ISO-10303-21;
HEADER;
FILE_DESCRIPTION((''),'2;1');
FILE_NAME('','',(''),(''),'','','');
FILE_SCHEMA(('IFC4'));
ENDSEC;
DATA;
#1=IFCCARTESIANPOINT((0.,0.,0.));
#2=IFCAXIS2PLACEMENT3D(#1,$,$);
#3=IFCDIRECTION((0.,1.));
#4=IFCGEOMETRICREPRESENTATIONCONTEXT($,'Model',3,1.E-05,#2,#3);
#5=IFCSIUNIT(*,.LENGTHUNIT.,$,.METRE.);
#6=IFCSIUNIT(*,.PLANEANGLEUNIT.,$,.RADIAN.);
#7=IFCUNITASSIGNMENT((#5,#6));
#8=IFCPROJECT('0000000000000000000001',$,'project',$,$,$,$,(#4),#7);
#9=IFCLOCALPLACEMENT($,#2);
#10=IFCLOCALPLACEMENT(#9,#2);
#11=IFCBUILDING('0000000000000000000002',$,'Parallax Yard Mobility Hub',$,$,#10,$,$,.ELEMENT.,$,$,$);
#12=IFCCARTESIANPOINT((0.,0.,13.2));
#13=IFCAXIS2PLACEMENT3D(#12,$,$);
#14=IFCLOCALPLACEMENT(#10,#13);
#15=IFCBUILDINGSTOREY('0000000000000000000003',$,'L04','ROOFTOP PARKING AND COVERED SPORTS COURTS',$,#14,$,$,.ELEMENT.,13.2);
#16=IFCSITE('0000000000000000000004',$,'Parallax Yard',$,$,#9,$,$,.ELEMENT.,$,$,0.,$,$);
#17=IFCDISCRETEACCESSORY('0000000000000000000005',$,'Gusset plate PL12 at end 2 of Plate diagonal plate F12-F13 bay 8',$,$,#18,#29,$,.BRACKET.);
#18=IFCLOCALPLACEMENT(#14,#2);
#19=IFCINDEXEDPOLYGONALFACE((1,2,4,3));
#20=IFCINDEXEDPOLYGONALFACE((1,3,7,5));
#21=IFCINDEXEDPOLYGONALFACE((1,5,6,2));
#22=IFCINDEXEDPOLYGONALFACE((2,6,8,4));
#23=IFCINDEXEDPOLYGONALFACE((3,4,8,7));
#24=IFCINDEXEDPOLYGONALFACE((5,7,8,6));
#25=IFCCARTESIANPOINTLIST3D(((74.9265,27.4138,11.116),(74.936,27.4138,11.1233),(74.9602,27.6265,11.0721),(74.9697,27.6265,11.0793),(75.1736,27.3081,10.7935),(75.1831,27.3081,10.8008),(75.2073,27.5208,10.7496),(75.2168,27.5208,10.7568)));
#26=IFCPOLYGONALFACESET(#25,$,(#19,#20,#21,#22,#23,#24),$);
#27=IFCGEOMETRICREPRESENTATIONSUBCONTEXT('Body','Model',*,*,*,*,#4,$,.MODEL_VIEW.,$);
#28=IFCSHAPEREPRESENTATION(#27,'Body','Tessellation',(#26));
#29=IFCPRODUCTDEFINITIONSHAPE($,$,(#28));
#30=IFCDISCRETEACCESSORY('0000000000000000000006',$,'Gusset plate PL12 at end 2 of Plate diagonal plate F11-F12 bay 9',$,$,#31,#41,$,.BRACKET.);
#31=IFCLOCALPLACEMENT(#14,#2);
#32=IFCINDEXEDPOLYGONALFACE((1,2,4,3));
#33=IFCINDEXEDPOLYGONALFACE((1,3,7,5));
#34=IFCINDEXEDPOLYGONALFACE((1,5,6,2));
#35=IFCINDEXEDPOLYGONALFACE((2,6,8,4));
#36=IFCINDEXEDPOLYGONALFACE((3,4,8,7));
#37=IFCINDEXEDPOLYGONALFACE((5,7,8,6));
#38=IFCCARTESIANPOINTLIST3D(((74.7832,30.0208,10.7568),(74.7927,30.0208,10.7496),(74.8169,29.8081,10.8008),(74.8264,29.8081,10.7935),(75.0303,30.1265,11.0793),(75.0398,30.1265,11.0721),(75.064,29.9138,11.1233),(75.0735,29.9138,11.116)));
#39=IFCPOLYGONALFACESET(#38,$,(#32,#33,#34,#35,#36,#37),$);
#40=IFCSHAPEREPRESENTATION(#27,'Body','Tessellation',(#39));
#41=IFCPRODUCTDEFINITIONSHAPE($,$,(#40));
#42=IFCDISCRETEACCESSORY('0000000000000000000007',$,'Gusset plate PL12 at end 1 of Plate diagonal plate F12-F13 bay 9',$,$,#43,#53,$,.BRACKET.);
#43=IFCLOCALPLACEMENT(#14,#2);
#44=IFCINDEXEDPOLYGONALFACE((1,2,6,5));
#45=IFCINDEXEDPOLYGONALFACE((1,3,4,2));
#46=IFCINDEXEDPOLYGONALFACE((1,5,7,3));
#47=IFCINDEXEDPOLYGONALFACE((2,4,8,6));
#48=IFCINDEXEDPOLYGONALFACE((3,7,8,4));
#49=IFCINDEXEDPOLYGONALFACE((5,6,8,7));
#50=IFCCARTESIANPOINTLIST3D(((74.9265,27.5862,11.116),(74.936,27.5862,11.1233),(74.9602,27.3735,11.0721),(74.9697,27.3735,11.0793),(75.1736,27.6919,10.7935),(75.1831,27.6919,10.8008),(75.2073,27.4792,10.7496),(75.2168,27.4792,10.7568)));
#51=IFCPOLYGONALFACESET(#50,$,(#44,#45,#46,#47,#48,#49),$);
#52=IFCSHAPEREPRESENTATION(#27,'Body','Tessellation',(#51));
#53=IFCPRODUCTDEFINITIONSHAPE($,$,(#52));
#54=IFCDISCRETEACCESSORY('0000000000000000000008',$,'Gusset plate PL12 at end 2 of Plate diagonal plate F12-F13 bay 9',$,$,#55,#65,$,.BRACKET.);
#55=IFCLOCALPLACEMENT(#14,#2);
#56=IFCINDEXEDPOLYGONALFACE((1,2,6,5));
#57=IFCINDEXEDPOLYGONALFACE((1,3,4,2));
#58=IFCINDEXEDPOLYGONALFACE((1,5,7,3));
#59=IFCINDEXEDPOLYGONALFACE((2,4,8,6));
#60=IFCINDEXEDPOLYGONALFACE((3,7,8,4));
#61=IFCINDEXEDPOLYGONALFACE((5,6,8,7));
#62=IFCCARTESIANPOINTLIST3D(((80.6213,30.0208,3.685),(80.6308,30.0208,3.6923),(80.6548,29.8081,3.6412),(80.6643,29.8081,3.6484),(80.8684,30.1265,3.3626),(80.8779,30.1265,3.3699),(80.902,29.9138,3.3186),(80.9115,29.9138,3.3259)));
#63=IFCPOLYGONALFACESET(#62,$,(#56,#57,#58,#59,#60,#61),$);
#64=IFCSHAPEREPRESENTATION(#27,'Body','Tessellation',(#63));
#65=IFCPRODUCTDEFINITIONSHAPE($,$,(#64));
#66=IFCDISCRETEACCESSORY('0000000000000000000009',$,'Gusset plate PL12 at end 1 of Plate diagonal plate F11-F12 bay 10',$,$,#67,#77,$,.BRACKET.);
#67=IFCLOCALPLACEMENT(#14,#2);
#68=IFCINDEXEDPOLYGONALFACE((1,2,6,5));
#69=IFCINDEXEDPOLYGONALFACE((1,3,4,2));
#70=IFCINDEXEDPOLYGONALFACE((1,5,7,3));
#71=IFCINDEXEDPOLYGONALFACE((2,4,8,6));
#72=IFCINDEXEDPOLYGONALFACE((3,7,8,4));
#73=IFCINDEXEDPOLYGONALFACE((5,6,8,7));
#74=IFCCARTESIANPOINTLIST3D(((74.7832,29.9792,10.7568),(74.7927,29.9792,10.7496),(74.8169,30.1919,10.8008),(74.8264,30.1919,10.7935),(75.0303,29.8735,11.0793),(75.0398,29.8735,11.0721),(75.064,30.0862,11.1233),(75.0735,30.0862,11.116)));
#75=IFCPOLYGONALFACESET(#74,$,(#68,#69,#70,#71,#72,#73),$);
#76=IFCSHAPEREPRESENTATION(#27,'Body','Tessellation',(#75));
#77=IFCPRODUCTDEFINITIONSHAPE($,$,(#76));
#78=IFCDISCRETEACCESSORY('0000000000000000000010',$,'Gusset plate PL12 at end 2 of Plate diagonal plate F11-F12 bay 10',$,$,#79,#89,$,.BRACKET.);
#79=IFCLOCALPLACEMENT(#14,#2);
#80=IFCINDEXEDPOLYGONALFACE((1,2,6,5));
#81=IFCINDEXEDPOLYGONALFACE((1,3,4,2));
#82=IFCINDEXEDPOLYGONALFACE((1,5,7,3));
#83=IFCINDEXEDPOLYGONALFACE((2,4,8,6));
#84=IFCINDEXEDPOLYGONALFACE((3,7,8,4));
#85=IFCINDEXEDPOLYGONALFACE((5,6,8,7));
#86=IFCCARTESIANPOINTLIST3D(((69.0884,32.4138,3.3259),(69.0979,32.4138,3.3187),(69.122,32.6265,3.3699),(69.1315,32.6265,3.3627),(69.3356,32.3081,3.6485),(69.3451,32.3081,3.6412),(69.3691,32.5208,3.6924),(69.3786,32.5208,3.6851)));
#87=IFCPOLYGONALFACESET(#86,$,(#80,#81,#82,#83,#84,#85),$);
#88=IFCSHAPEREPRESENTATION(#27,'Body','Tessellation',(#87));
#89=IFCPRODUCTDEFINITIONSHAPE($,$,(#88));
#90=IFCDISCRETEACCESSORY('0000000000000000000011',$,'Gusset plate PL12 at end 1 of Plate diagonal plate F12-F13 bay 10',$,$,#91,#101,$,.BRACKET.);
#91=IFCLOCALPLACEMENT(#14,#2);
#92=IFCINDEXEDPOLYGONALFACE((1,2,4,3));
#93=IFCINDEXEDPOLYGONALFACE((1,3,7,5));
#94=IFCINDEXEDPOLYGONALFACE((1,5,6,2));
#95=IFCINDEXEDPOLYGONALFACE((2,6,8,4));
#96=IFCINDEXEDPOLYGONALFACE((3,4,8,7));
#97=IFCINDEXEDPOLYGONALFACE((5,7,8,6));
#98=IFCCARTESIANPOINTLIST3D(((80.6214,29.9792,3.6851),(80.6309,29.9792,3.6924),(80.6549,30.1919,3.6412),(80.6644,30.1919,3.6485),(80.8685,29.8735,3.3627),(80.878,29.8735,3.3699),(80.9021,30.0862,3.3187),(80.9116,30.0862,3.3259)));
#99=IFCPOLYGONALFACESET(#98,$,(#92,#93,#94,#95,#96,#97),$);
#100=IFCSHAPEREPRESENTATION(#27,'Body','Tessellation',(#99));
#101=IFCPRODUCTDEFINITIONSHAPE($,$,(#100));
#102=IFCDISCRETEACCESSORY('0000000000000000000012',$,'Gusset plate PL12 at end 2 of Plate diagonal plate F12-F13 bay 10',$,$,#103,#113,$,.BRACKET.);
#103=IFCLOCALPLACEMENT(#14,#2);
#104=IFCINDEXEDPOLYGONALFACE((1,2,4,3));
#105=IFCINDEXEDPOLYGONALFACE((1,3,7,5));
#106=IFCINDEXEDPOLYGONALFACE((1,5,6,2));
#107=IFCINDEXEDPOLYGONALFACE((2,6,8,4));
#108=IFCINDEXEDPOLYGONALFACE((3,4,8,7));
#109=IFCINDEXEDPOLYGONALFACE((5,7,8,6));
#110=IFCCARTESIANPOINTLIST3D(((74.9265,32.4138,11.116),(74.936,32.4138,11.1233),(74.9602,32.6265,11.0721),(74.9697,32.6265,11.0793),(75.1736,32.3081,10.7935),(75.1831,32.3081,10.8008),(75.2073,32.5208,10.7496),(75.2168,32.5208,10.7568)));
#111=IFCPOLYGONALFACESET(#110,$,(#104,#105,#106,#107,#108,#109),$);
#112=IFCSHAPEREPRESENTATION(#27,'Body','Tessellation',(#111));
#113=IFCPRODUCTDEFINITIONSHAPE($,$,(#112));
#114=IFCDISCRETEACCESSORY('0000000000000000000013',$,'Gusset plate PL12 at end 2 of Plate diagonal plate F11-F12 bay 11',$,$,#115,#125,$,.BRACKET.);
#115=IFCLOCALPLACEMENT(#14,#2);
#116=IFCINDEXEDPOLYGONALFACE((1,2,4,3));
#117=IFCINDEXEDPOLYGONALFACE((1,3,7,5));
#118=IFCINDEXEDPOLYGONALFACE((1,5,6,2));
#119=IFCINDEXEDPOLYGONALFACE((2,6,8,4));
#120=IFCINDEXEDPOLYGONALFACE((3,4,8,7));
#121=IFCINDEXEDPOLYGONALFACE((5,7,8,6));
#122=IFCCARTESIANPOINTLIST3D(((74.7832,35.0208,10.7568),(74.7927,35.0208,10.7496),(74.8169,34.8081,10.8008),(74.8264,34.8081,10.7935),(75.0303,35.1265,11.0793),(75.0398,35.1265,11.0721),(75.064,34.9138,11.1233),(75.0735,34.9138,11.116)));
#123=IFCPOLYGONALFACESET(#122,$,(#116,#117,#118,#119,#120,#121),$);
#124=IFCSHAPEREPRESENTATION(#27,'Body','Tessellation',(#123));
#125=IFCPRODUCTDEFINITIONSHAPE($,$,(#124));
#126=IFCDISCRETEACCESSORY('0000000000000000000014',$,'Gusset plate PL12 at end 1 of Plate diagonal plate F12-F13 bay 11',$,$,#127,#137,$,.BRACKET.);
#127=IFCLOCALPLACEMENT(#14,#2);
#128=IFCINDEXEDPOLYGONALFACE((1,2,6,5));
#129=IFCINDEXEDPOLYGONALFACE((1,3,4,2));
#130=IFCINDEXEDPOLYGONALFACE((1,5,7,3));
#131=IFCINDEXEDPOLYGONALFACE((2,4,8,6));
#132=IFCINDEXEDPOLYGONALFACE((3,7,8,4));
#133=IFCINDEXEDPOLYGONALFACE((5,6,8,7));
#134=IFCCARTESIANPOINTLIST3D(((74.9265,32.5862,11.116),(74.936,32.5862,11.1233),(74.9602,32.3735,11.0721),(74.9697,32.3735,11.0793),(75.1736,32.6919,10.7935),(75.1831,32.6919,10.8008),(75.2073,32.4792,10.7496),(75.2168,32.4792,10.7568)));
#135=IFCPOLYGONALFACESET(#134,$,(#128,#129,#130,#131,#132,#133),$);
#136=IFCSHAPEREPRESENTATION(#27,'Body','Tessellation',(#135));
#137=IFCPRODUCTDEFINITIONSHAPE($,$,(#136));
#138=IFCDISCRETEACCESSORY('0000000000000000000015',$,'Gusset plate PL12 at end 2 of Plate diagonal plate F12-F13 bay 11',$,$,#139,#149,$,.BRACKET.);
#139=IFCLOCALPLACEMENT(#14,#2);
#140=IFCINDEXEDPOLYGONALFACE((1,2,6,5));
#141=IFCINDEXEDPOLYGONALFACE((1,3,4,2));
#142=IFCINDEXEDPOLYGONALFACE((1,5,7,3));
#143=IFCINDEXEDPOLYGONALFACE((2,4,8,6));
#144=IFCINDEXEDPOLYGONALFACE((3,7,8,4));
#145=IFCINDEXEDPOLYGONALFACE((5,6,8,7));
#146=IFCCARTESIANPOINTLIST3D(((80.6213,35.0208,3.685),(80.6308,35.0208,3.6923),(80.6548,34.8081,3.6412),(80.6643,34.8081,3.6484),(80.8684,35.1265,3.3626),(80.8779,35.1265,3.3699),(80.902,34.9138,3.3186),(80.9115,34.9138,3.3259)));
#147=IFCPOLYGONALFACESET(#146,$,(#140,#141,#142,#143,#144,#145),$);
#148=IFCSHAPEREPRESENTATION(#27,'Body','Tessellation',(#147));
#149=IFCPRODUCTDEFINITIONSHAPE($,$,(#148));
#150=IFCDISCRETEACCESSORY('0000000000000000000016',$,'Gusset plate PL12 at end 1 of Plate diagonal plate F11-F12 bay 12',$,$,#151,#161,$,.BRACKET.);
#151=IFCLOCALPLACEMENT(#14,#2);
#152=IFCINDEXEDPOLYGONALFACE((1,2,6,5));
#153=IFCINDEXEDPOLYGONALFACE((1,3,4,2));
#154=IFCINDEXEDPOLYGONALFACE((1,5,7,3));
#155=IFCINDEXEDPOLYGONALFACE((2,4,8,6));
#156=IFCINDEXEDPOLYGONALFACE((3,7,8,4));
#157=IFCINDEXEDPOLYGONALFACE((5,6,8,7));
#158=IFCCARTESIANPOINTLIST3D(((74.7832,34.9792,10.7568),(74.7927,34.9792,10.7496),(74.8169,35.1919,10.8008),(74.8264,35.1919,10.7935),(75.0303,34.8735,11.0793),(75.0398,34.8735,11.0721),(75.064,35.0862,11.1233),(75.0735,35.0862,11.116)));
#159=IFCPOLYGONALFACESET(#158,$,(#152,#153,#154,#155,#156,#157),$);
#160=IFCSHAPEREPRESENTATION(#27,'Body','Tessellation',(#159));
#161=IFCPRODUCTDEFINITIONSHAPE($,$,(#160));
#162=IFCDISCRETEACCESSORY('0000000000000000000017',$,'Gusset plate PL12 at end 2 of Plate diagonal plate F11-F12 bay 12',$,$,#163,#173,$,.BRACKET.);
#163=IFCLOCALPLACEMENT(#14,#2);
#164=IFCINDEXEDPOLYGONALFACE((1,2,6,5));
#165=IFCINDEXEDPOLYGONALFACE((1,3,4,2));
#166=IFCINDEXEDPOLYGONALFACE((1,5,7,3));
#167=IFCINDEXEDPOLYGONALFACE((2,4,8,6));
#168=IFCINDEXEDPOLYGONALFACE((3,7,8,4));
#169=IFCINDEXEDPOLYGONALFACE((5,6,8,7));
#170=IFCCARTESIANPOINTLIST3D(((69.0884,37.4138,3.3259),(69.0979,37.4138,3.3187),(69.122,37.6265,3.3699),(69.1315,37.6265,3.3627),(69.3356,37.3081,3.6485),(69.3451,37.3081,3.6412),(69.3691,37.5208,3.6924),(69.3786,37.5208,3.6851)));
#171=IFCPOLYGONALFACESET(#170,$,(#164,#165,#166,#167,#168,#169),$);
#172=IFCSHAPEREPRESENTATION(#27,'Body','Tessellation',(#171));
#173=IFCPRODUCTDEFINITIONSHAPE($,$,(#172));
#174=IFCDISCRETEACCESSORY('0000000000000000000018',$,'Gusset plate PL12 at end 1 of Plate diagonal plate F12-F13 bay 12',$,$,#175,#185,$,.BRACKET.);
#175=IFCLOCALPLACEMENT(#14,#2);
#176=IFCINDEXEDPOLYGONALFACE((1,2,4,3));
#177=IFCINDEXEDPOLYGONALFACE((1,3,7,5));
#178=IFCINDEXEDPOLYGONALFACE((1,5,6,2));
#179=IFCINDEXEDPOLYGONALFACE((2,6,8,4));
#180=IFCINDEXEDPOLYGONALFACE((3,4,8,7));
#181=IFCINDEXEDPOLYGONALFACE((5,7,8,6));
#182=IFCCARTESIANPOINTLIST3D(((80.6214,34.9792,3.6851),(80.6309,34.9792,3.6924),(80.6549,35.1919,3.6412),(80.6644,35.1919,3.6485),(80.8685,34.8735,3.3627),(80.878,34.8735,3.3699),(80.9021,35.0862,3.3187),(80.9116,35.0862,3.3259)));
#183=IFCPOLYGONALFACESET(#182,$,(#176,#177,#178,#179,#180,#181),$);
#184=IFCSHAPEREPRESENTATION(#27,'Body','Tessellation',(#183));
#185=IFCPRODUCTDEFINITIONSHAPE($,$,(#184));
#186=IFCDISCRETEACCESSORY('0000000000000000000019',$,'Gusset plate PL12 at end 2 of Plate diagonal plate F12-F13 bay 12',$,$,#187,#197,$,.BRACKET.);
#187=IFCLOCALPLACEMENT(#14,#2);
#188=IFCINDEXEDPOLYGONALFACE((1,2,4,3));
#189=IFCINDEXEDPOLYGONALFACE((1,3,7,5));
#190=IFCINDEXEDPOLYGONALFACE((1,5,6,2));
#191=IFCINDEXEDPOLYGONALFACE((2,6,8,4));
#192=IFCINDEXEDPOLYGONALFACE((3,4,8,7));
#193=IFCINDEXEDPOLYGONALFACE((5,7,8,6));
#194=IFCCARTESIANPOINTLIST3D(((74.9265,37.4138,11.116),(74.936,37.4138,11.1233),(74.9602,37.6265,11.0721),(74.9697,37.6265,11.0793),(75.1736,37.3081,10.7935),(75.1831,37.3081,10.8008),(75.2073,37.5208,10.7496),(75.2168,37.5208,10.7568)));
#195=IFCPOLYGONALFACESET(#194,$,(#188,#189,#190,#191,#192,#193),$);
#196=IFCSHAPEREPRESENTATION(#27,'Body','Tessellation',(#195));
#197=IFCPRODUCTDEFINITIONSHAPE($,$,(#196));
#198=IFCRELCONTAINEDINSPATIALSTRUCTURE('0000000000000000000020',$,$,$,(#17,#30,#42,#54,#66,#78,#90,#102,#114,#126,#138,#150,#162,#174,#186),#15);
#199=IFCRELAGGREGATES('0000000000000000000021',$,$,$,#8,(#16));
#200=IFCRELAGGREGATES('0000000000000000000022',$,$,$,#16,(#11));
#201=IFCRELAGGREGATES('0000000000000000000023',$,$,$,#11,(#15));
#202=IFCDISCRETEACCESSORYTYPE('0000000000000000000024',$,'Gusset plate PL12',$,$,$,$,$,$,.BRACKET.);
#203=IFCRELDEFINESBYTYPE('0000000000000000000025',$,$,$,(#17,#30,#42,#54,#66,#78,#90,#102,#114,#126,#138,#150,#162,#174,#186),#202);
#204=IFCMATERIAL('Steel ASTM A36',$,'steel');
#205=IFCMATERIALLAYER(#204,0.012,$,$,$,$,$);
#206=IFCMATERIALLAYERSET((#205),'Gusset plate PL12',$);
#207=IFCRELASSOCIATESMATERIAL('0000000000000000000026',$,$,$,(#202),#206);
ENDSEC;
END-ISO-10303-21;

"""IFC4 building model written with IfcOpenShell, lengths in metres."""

from ifc_helpers import new_model, si_unit, direction, frame, origin, place, context, subcontext, project, spatial, polyline, outline, extrude, material, layer, layer_set, type_object, element, save


model = new_model("IFC4")

# Units and contexts
model_context = context("Model", 3, precision=1e-05, world=origin(), true_north=direction((0.0, 1.0)))
body_context = subcontext(model_context, "Body", "Model", "MODEL_VIEW")
ifc_project = project(units=[si_unit("LENGTHUNIT", "METRE"), si_unit("PLANEANGLEUNIT", "RADIAN")], contexts=[model_context])

# Site, building, storey
site_placement = place(None, origin())
site = spatial("IfcSite", under=ifc_project, at=site_placement, Name="Parallax Yard", CompositionType="ELEMENT", RefElevation=0.0)
building_placement = place(site_placement, origin())
building = spatial("IfcBuilding", under=site, at=building_placement, Name="Parallax Yard Mobility Hub", CompositionType="ELEMENT")
storey_placement = place(building_placement, frame((0.0, 0.0, 13.2)))
storey = spatial("IfcBuildingStorey", under=building, at=storey_placement, Name="L04", Description="ROOFTOP PARKING AND COVERED SPORTS COURTS", CompositionType="ELEMENT", Elevation=13.2)

# Discrete accessories
ifc_material_1 = material(Name="Steel ASTM A36", Category="steel")
ifc_layer = layer(ifc_material_1, 0.012)
ifc_layer_set = layer_set([ifc_layer], Name="Gusset plate PL12")
discrete_accessory_type = type_object("IfcDiscreteAccessoryType", Name="Gusset plate PL12", PredefinedType="BRACKET", material=ifc_layer_set)
discrete_accessory_1_placement = place(storey_placement, frame((75.2168, 27.5208, 10.7568), z_axis=(0.793815, -0.000089, 0.60816), x_axis=(-0.588544, 0.251818, 0.768247)))
element("IfcDiscreteAccessory", 1, at=discrete_accessory_1_placement, inside=storey, type_object=discrete_accessory_type, Name="Gusset plate PL12 at end 2 of Plate diagonal plate F12-F13 bay 8", PredefinedType="BRACKET", context=body_context, shape_type="SweptSolid", body=[
    extrude(outline(polyline([(0.0, 0.0), (0.4198, 0.0), (0.4198, 0.2197), (0.0, 0.2197), (0.0, 0.0)])), origin(), (0.0, 0.0, -1.0), 0.012),
])
for number, where, z_axis, x_axis, name in (
    (2, (74.8169, 29.8081, 10.8008), (-0.793815, -0.000089, 0.60816), (0.588544, 0.251818, 0.768247), "Gusset plate PL12 at end 2 of Plate diagonal plate F11-F12 bay 9"),
    (3, (75.1831, 27.6919, 10.8008), (0.793815, 0.000089, 0.60816), (-0.588544, -0.251818, 0.768247), "Gusset plate PL12 at end 1 of Plate diagonal plate F12-F13 bay 9"),
):
    element("IfcDiscreteAccessory", number, at=place(storey_placement, frame(where, z_axis=z_axis, x_axis=x_axis)), inside=storey, type_object=discrete_accessory_type, Name=name, PredefinedType="BRACKET", context=body_context, shape_type="SweptSolid", body=[
        extrude(outline(polyline([(0.0, 0.0), (0.4198, 0.0), (0.4198, 0.2197), (0.0, 0.2197), (0.0, 0.0)])), origin(), (0.0, 0.0, -1.0), 0.012),
    ])
discrete_accessory_2_placement = place(storey_placement, frame((80.6643, 29.8081, 3.6484), z_axis=(0.793746, -0.000396, 0.608249), x_axis=(0.588741, 0.251732, -0.768125)))
element("IfcDiscreteAccessory", 4, at=discrete_accessory_2_placement, inside=storey, type_object=discrete_accessory_type, Name="Gusset plate PL12 at end 2 of Plate diagonal plate F12-F13 bay 9", PredefinedType="BRACKET", context=body_context, shape_type="SweptSolid", body=[
    extrude(outline(polyline([(0.0, 0.0), (0.4199, 0.0), (0.4199, 0.2197), (0.0001, 0.2197), (0.0, 0.0)])), origin(), (0.0, 0.0, -1.0), 0.012),
])
discrete_accessory_3_placement = place(storey_placement, frame((74.7832, 29.9792, 10.7568), z_axis=(-0.793815, 0.000089, 0.60816), x_axis=(0.588544, -0.251818, 0.768247)))
element("IfcDiscreteAccessory", 5, at=discrete_accessory_3_placement, inside=storey, type_object=discrete_accessory_type, Name="Gusset plate PL12 at end 1 of Plate diagonal plate F11-F12 bay 10", PredefinedType="BRACKET", context=body_context, shape_type="SweptSolid", body=[
    extrude(outline(polyline([(0.0, 0.0), (0.4198, 0.0), (0.4198, 0.2197), (0.0, 0.2197), (0.0, 0.0)])), origin(), (0.0, 0.0, -1.0), 0.012),
])
for number, where, z_axis, x_axis, name in (
    (6, (69.3691, 32.5208, 3.6924), (-0.793746, -0.000396, 0.608249), (-0.588727, 0.251818, -0.768107), "Gusset plate PL12 at end 2 of Plate diagonal plate F11-F12 bay 10"),
    (7, (80.6309, 29.9792, 3.6924), (0.793746, 0.000396, 0.608249), (0.588727, -0.251818, -0.768107), "Gusset plate PL12 at end 1 of Plate diagonal plate F12-F13 bay 10"),
):
    element("IfcDiscreteAccessory", number, at=place(storey_placement, frame(where, z_axis=z_axis, x_axis=x_axis)), inside=storey, type_object=discrete_accessory_type, Name=name, PredefinedType="BRACKET", context=body_context, shape_type="SweptSolid", body=[
        extrude(outline(polyline([(0.0, 0.0), (0.4198, 0.0), (0.4198, 0.2197), (-0.0001, 0.2197), (0.0, 0.0)])), origin(), (0.0, 0.0, -1.0), 0.012),
    ])
discrete_accessory_4_placement = place(storey_placement, frame((75.2168, 32.5208, 10.7568), z_axis=(0.793815, -0.000089, 0.60816), x_axis=(-0.588544, 0.251818, 0.768247)))
element("IfcDiscreteAccessory", 8, at=discrete_accessory_4_placement, inside=storey, type_object=discrete_accessory_type, Name="Gusset plate PL12 at end 2 of Plate diagonal plate F12-F13 bay 10", PredefinedType="BRACKET", context=body_context, shape_type="SweptSolid", body=[
    extrude(outline(polyline([(0.0, 0.0), (0.4198, 0.0), (0.4198, 0.2197), (0.0, 0.2197), (0.0, 0.0)])), origin(), (0.0, 0.0, -1.0), 0.012),
])
for number, where, z_axis, x_axis, name in (
    (9, (74.8169, 34.8081, 10.8008), (-0.793815, -0.000089, 0.60816), (0.588544, 0.251818, 0.768247), "Gusset plate PL12 at end 2 of Plate diagonal plate F11-F12 bay 11"),
    (10, (75.1831, 32.6919, 10.8008), (0.793815, 0.000089, 0.60816), (-0.588544, -0.251818, 0.768247), "Gusset plate PL12 at end 1 of Plate diagonal plate F12-F13 bay 11"),
):
    element("IfcDiscreteAccessory", number, at=place(storey_placement, frame(where, z_axis=z_axis, x_axis=x_axis)), inside=storey, type_object=discrete_accessory_type, Name=name, PredefinedType="BRACKET", context=body_context, shape_type="SweptSolid", body=[
        extrude(outline(polyline([(0.0, 0.0), (0.4198, 0.0), (0.4198, 0.2197), (0.0, 0.2197), (0.0, 0.0)])), origin(), (0.0, 0.0, -1.0), 0.012),
    ])
discrete_accessory_5_placement = place(storey_placement, frame((80.6643, 34.8081, 3.6484), z_axis=(0.793746, -0.000396, 0.608249), x_axis=(0.588741, 0.251732, -0.768125)))
element("IfcDiscreteAccessory", 11, at=discrete_accessory_5_placement, inside=storey, type_object=discrete_accessory_type, Name="Gusset plate PL12 at end 2 of Plate diagonal plate F12-F13 bay 11", PredefinedType="BRACKET", context=body_context, shape_type="SweptSolid", body=[
    extrude(outline(polyline([(0.0, 0.0), (0.4199, 0.0), (0.4199, 0.2197), (0.0001, 0.2197), (0.0, 0.0)])), origin(), (0.0, 0.0, -1.0), 0.012),
])
discrete_accessory_6_placement = place(storey_placement, frame((74.7832, 34.9792, 10.7568), z_axis=(-0.793815, 0.000089, 0.60816), x_axis=(0.588544, -0.251818, 0.768247)))
element("IfcDiscreteAccessory", 12, at=discrete_accessory_6_placement, inside=storey, type_object=discrete_accessory_type, Name="Gusset plate PL12 at end 1 of Plate diagonal plate F11-F12 bay 12", PredefinedType="BRACKET", context=body_context, shape_type="SweptSolid", body=[
    extrude(outline(polyline([(0.0, 0.0), (0.4198, 0.0), (0.4198, 0.2197), (0.0, 0.2197), (0.0, 0.0)])), origin(), (0.0, 0.0, -1.0), 0.012),
])
for number, where, z_axis, x_axis, name in (
    (13, (69.3691, 37.5208, 3.6924), (-0.793746, -0.000396, 0.608249), (-0.588727, 0.251818, -0.768107), "Gusset plate PL12 at end 2 of Plate diagonal plate F11-F12 bay 12"),
    (14, (80.6309, 34.9792, 3.6924), (0.793746, 0.000396, 0.608249), (0.588727, -0.251818, -0.768107), "Gusset plate PL12 at end 1 of Plate diagonal plate F12-F13 bay 12"),
):
    element("IfcDiscreteAccessory", number, at=place(storey_placement, frame(where, z_axis=z_axis, x_axis=x_axis)), inside=storey, type_object=discrete_accessory_type, Name=name, PredefinedType="BRACKET", context=body_context, shape_type="SweptSolid", body=[
        extrude(outline(polyline([(0.0, 0.0), (0.4198, 0.0), (0.4198, 0.2197), (-0.0001, 0.2197), (0.0, 0.0)])), origin(), (0.0, 0.0, -1.0), 0.012),
    ])
discrete_accessory_7_placement = place(storey_placement, frame((75.2168, 37.5208, 10.7568), z_axis=(0.793815, -0.000089, 0.60816), x_axis=(-0.588544, 0.251818, 0.768247)))
element("IfcDiscreteAccessory", 15, at=discrete_accessory_7_placement, inside=storey, type_object=discrete_accessory_type, Name="Gusset plate PL12 at end 2 of Plate diagonal plate F12-F13 bay 12", PredefinedType="BRACKET", context=body_context, shape_type="SweptSolid", body=[
    extrude(outline(polyline([(0.0, 0.0), (0.4198, 0.0), (0.4198, 0.2197), (0.0, 0.2197), (0.0, 0.0)])), origin(), (0.0, 0.0, -1.0), 0.012),
])

save(model, "model.ifc")
